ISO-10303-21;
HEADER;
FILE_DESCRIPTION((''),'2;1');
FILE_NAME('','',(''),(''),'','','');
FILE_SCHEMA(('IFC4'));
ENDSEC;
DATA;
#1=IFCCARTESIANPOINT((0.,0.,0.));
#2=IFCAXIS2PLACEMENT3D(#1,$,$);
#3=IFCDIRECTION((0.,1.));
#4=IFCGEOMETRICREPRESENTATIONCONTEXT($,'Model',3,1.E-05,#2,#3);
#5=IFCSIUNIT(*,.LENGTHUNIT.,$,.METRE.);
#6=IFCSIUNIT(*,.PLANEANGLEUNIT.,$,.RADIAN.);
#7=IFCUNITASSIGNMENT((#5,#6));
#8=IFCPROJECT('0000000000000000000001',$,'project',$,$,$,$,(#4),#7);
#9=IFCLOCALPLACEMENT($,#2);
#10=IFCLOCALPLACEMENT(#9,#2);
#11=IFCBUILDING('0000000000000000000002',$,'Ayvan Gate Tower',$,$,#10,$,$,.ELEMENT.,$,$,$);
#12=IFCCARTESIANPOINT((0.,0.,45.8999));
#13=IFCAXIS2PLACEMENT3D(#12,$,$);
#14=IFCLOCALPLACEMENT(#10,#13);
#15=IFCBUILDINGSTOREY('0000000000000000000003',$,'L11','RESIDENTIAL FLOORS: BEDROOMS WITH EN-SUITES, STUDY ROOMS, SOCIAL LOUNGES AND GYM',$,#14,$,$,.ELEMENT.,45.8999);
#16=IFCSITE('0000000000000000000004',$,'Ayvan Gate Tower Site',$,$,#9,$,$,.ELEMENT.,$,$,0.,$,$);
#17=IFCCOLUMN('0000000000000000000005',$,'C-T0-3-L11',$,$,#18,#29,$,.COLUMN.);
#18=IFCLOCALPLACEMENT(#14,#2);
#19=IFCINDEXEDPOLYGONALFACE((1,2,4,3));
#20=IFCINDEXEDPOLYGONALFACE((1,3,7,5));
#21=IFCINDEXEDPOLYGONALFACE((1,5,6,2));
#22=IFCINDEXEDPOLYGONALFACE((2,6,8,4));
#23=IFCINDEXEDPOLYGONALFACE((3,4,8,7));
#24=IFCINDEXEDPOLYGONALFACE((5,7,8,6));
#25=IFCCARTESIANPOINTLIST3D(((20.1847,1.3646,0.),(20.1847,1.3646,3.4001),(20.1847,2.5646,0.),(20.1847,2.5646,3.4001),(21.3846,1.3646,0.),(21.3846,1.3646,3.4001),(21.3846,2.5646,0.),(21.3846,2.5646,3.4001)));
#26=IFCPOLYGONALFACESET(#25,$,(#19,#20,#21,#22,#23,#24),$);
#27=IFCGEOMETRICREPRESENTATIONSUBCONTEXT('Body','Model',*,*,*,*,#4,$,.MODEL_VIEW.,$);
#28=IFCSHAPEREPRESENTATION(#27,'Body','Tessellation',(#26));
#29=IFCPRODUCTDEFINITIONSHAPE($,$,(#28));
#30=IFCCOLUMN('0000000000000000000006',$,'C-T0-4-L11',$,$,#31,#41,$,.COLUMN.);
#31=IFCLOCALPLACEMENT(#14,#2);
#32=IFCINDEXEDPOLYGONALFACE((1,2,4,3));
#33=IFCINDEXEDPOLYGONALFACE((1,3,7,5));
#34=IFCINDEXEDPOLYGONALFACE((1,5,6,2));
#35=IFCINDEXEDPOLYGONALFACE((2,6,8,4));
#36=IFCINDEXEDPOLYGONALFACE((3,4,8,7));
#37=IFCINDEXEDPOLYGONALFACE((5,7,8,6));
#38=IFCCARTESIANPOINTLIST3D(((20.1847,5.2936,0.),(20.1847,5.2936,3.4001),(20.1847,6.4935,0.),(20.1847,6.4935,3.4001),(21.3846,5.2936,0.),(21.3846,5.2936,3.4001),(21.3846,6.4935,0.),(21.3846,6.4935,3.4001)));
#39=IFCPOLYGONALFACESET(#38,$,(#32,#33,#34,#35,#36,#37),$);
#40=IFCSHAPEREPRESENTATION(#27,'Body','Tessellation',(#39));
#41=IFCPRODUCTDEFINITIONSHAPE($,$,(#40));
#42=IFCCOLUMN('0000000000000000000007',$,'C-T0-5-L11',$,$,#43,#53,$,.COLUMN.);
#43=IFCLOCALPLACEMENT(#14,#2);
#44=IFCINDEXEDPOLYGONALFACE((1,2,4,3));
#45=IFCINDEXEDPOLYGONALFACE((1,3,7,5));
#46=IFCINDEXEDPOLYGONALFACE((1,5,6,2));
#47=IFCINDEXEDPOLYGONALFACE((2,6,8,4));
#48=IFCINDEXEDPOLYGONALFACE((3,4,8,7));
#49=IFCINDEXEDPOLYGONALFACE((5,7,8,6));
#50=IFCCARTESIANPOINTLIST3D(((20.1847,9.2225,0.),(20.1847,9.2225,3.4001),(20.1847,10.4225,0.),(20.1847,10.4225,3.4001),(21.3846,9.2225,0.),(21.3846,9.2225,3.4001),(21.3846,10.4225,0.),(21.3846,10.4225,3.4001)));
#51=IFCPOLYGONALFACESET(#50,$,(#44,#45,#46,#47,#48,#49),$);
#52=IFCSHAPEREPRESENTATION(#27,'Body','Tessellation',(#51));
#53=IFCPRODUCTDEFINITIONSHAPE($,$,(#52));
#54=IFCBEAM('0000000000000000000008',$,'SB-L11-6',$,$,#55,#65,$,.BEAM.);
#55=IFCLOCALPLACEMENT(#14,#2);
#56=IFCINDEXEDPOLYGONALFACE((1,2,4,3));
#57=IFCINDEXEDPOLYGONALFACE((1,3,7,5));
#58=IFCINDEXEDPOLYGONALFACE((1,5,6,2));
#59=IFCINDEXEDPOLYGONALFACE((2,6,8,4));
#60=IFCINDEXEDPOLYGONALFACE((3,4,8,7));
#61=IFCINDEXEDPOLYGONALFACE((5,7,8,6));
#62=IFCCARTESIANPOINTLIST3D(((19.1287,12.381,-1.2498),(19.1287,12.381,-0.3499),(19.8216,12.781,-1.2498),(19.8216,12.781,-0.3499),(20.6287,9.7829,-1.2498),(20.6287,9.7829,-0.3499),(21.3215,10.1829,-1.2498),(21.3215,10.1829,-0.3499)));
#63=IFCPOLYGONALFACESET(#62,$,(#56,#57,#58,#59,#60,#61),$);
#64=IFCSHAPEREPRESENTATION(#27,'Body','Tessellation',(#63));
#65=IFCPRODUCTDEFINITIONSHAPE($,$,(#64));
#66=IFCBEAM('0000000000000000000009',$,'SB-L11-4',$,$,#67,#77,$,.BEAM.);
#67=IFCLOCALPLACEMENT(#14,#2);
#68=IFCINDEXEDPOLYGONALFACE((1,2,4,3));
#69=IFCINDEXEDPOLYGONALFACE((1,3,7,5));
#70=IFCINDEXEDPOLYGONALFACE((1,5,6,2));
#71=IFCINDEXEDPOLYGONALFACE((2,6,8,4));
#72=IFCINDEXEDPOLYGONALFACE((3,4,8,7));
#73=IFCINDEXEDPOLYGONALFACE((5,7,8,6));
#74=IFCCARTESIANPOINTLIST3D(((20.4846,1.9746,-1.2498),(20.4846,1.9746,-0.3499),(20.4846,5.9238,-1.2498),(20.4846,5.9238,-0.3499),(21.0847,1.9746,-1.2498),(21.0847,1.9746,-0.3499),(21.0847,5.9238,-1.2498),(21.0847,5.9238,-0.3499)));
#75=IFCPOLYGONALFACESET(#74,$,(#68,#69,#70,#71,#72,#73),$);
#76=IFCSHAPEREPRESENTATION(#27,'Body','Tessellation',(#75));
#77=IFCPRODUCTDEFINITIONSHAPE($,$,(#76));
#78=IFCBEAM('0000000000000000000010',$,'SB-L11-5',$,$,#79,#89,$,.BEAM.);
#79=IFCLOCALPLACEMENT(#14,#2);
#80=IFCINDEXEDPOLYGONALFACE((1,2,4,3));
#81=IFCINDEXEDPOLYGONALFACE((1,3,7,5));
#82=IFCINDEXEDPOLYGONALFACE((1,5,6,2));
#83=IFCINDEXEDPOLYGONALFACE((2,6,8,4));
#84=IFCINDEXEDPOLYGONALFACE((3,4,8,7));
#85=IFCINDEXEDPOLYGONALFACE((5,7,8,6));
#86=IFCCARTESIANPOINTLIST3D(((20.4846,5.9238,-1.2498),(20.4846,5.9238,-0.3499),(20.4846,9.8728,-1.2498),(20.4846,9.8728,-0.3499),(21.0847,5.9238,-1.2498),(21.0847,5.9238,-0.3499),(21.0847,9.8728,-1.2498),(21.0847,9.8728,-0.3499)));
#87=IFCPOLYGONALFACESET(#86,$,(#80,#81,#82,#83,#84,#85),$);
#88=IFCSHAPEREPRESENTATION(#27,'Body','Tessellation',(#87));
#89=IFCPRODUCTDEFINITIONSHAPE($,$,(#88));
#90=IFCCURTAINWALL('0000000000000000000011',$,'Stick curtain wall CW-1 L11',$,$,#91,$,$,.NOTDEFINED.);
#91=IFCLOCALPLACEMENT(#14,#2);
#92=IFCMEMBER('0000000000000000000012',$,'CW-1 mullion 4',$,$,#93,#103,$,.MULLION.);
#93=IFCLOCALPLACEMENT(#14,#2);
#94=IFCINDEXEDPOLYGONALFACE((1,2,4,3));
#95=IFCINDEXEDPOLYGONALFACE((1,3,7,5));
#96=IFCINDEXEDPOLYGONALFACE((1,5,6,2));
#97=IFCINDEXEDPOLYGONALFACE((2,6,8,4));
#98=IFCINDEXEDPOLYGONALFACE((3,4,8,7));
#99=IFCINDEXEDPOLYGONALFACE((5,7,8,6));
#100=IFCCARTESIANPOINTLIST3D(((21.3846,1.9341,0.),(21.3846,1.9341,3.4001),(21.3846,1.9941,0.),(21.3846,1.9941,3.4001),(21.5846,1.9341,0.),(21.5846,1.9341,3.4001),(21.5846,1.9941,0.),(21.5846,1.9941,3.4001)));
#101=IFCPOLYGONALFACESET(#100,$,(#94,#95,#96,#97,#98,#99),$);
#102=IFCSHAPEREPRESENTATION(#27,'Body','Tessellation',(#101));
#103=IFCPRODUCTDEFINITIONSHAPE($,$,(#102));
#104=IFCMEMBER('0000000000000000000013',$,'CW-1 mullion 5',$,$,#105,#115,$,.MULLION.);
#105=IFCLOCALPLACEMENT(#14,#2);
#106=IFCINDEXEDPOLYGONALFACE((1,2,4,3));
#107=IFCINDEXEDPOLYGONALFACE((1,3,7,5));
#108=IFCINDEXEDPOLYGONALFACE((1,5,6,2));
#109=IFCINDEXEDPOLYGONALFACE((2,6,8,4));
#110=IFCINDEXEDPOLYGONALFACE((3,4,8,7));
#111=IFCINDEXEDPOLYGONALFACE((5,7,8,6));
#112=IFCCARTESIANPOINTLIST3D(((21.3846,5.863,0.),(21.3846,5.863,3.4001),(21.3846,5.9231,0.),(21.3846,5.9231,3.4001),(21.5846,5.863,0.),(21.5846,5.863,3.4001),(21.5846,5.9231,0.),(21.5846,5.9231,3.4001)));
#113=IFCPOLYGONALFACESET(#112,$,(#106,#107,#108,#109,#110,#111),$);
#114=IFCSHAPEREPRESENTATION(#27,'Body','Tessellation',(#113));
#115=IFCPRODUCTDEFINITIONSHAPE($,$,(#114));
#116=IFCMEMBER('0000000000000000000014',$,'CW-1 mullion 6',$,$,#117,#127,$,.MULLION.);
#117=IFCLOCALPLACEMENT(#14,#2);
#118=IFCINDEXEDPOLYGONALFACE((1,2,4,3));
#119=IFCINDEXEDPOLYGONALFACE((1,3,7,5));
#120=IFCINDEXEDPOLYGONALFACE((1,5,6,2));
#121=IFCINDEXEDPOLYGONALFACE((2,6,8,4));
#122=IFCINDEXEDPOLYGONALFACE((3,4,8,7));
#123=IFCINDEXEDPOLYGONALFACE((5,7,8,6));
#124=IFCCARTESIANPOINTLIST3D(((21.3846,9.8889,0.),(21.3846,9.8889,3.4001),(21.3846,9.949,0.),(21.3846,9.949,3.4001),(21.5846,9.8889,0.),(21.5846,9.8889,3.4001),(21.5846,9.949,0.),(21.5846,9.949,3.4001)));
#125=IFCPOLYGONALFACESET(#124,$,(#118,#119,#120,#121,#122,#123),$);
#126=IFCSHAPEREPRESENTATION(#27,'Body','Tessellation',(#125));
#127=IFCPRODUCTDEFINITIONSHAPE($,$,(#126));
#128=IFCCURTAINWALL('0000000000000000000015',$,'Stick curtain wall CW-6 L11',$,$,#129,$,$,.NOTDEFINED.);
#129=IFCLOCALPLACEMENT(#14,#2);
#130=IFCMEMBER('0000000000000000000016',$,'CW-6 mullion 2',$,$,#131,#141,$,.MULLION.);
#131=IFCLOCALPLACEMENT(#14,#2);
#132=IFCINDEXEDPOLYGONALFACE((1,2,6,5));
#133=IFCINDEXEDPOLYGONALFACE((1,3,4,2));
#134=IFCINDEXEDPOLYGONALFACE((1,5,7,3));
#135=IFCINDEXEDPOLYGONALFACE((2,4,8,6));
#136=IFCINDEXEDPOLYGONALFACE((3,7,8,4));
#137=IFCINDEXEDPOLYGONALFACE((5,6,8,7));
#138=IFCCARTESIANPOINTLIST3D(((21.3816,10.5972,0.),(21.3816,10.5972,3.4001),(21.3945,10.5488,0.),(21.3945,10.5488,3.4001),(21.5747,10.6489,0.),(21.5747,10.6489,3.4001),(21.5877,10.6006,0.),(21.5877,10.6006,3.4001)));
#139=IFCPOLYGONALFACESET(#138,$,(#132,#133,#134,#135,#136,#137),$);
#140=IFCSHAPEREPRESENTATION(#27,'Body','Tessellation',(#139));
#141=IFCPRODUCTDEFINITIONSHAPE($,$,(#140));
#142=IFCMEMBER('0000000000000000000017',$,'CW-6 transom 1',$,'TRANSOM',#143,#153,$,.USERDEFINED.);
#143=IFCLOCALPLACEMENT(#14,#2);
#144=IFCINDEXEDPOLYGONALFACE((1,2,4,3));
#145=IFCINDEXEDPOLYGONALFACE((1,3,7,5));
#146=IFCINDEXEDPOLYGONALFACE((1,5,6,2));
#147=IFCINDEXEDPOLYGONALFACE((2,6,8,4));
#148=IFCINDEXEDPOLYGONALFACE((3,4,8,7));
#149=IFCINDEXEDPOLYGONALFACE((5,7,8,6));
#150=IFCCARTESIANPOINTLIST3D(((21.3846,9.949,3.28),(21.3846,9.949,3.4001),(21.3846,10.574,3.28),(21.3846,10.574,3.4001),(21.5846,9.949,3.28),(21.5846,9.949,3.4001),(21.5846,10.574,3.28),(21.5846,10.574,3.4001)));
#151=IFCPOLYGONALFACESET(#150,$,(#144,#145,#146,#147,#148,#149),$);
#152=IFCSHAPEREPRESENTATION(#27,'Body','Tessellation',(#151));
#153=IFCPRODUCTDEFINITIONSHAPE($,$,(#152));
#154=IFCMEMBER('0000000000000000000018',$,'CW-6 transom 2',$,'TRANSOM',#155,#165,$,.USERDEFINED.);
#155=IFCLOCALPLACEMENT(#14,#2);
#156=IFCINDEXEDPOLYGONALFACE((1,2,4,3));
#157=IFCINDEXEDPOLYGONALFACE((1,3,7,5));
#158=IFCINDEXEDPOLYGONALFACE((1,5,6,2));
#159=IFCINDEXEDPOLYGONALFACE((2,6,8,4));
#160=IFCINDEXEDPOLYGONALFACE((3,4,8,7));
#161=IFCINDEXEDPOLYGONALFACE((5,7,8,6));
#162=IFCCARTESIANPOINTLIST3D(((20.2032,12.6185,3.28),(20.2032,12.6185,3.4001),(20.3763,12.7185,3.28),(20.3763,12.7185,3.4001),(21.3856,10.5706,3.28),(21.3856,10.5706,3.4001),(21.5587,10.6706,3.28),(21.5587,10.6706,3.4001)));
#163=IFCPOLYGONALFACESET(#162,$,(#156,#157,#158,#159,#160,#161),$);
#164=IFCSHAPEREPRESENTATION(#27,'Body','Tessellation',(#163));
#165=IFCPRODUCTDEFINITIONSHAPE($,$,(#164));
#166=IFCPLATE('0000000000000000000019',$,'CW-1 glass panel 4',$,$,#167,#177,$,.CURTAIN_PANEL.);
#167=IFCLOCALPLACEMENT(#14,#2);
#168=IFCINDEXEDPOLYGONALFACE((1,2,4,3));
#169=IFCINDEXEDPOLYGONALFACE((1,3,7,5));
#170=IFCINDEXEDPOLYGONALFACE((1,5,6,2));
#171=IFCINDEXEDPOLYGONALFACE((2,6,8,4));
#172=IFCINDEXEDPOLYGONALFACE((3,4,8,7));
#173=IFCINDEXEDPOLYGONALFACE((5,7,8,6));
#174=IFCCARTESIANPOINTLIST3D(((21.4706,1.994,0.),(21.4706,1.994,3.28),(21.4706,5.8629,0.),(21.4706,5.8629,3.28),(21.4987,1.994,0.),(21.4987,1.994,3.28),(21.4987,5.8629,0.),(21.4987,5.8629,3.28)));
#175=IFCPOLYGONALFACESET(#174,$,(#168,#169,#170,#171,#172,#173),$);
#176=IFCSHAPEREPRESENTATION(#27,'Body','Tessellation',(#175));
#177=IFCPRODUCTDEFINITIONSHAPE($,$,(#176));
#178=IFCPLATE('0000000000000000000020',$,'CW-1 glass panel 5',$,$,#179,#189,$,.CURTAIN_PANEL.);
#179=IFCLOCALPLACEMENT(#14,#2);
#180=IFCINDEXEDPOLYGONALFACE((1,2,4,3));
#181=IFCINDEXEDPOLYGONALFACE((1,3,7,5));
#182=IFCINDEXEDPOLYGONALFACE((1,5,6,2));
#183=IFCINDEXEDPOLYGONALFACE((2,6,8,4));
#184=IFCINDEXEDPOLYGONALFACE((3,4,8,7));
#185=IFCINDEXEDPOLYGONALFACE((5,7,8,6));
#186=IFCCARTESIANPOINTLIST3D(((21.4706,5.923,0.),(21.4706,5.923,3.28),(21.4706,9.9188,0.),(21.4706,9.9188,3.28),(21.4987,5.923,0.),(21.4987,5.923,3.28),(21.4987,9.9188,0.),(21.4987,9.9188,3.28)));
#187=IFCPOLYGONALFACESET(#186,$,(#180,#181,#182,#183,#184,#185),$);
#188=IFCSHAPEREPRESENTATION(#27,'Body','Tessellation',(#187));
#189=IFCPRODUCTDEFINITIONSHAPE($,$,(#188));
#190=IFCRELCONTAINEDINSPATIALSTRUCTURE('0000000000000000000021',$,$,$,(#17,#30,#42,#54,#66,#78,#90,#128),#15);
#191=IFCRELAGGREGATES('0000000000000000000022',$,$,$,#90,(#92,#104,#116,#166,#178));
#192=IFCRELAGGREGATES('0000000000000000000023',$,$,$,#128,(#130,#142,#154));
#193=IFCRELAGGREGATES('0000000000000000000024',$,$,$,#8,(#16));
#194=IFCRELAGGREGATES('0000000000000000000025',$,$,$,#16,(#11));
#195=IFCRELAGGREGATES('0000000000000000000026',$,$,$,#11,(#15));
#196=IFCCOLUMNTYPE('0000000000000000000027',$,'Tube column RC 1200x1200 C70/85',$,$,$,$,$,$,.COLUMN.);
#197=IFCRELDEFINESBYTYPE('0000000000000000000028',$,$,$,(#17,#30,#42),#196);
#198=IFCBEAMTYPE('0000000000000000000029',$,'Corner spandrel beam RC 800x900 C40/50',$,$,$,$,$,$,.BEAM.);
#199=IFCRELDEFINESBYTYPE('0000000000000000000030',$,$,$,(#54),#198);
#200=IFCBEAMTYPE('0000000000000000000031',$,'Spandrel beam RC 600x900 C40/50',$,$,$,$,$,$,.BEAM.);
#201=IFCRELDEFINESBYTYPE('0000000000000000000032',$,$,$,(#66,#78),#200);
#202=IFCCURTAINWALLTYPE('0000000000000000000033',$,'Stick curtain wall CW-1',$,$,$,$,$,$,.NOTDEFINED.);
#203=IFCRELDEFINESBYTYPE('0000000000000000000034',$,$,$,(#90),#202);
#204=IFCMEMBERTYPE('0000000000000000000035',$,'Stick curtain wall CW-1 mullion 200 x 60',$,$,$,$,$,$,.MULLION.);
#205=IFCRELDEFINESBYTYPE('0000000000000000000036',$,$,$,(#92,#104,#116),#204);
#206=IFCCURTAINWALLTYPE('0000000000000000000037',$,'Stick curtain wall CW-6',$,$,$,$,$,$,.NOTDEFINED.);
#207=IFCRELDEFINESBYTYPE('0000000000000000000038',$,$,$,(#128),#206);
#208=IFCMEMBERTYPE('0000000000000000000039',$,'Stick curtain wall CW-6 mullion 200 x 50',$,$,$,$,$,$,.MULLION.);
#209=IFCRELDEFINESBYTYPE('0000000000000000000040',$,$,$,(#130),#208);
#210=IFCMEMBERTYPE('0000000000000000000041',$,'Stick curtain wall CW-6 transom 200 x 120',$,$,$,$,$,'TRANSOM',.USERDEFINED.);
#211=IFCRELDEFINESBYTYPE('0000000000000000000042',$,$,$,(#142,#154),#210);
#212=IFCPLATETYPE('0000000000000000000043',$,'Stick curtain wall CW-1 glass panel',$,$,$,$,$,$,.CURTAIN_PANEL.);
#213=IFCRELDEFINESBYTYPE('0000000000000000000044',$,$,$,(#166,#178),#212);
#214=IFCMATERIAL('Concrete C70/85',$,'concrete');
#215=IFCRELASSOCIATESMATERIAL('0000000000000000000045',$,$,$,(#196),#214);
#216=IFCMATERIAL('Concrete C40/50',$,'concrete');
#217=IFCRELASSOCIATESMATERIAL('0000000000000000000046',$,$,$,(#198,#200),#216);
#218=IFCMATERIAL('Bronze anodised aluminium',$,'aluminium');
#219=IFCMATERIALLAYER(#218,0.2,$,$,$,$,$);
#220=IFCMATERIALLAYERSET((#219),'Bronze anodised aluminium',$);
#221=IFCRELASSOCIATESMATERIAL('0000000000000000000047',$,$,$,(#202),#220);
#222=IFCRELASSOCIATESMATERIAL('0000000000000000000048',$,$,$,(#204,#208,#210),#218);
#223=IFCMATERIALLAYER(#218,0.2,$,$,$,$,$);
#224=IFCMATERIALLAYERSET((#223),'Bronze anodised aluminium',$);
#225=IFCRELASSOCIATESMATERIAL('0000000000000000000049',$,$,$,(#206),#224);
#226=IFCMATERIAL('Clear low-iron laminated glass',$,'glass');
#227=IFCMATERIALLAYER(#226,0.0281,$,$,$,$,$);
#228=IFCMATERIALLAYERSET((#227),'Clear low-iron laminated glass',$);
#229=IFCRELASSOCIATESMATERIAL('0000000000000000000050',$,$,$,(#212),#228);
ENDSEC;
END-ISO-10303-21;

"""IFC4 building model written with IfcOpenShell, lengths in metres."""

from ifc_helpers import new_model, si_unit, direction, frame, origin, origin_2d, place, context, subcontext, project, spatial, rectangle, extrude, material, layer, layer_set, material_profile, profile_set, type_object, element, aggregate, save


model = new_model("IFC4")

# Units and contexts
model_context = context("Model", 3, precision=1e-05, world=origin(), true_north=direction((0.0, 1.0)))
body_context = subcontext(model_context, "Body", "Model", "MODEL_VIEW")
ifc_project = project(units=[si_unit("LENGTHUNIT", "METRE"), si_unit("PLANEANGLEUNIT", "RADIAN")], contexts=[model_context])

# Site, building, storey
site_placement = place(None, origin())
site = spatial("IfcSite", under=ifc_project, at=site_placement, Name="Ayvan Gate Tower Site", CompositionType="ELEMENT", RefElevation=0.0)
building_placement = place(site_placement, origin())
building = spatial("IfcBuilding", under=site, at=building_placement, Name="Ayvan Gate Tower", CompositionType="ELEMENT")
storey_placement = place(building_placement, frame((0.0, 0.0, 45.8999)))
storey = spatial("IfcBuildingStorey", under=building, at=storey_placement, Name="L11", Description="RESIDENTIAL FLOORS: BEDROOMS WITH EN-SUITES, STUDY ROOMS, SOCIAL LOUNGES AND GYM", CompositionType="ELEMENT", Elevation=45.8999)

# Columns
ifc_material_1 = material(Name="Concrete C70/85", Category="concrete")
ifc_material_profile_1 = material_profile(ifc_material_1, rectangle(XDim=1.2, YDim=1.2, at=origin_2d()), Name="RC 1200x1200")
ifc_profile_set_1 = profile_set([ifc_material_profile_1], Name="Concrete C70/85")
column_type = type_object("IfcColumnType", Name="Tube column RC 1200x1200 C70/85", PredefinedType="COLUMN", material=ifc_profile_set_1)
for number, where, z_axis, x_axis, name in (
    (1, (20.7847, 1.9646, 0.0), (0.0, 0.0, 1.0), (1.0, 0.0, 0.0), "C-T0-3-L11"),
    (2, (20.7847, 5.8936, 0.0), (0.0, 0.0, 1.0), (1.0, 0.0, 0.0), "C-T0-4-L11"),
    (3, (20.7847, 9.8225, 0.0), (0.0, 0.0, 1.0), (1.0, 0.0, 0.0), "C-T0-5-L11"),
):
    element("IfcColumn", number, at=place(storey_placement, frame(where, z_axis=z_axis, x_axis=x_axis)), inside=storey, type_object=column_type, Name=name, PredefinedType="COLUMN", context=body_context, shape_type="SweptSolid", body=[
        extrude(rectangle(XDim=1.2, YDim=1.2, at=origin_2d()), origin(), (0.0, 0.0, 1.0), 3.4001),
    ])

# Beams
ifc_material_2 = material(Name="Concrete C40/50", Category="concrete")
ifc_material_profile_2 = material_profile(ifc_material_2, rectangle(XDim=0.8, YDim=0.8999, at=origin_2d()), Name="RC 800x900")
ifc_profile_set_2 = profile_set([ifc_material_profile_2], Name="Concrete C40/50")
beam_type_1 = type_object("IfcBeamType", Name="Corner spandrel beam RC 800x900 C40/50", PredefinedType="BEAM", material=ifc_profile_set_2)
beam_1_placement = place(storey_placement, frame((20.9751, 9.9829, -0.7998), z_axis=(-0.49999, 0.866031, 0.0), x_axis=(-0.866031, -0.49999, 0.0)))
element("IfcBeam", 4, at=beam_1_placement, inside=storey, type_object=beam_type_1, Name="SB-L11-6", PredefinedType="BEAM", context=body_context, shape_type="SweptSolid", body=[
    extrude(rectangle(XDim=0.8, YDim=0.8999, at=origin_2d()), origin(), (0.0, 0.0, 1.0), 3.0),
])
ifc_material_profile_3 = material_profile(ifc_material_2, rectangle(XDim=0.6001, YDim=0.8999, at=origin_2d()), Name="RC 600x900")
ifc_profile_set_3 = profile_set([ifc_material_profile_3], Name="Concrete C40/50")
beam_type_2 = type_object("IfcBeamType", Name="Spandrel beam RC 600x900 C40/50", PredefinedType="BEAM", material=ifc_profile_set_3)
beam_2_placement = place(storey_placement, frame((20.7847, 1.9746, -0.7998), z_axis=(0.0, 1.0, 0.0), x_axis=(-1.0, 0.0, 0.0)))
element("IfcBeam", 5, at=beam_2_placement, inside=storey, type_object=beam_type_2, Name="SB-L11-4", PredefinedType="BEAM", context=body_context, shape_type="SweptSolid", body=[
    extrude(rectangle(XDim=0.6001, YDim=0.8999, at=origin_2d()), origin(), (0.0, 0.0, 1.0), 3.9492),
])
beam_3_placement = place(storey_placement, frame((20.7847, 5.9238, -0.7998), z_axis=(0.0, 1.0, 0.0), x_axis=(-1.0, 0.0, 0.0)))
element("IfcBeam", 6, at=beam_3_placement, inside=storey, type_object=beam_type_2, Name="SB-L11-5", PredefinedType="BEAM", context=body_context, shape_type="SweptSolid", body=[
    extrude(rectangle(XDim=0.6001, YDim=0.8999, at=origin_2d()), origin(), (0.0, 0.0, 1.0), 3.949),
])

# Curtain walls, members
ifc_material_3 = material(Name="Bronze anodised aluminium", Category="aluminium")
ifc_layer_1 = layer(ifc_material_3, 0.2)
ifc_layer_set_1 = layer_set([ifc_layer_1], Name="Bronze anodised aluminium")
curtain_wall_type_1 = type_object("IfcCurtainWallType", Name="Stick curtain wall CW-1", PredefinedType="NOTDEFINED", material=ifc_layer_set_1)
curtain_wall_1_placement = place(storey_placement, origin())
curtain_wall_1 = element("IfcCurtainWall", 7, at=curtain_wall_1_placement, inside=storey, type_object=curtain_wall_type_1, Name="Stick curtain wall CW-1 L11", PredefinedType="NOTDEFINED")
ifc_material_profile_4 = material_profile(ifc_material_3, rectangle(XDim=0.2, YDim=0.0601, at=origin_2d()), Name="Stick curtain wall CW-1 mullion 200 x 60")
ifc_profile_set_4 = profile_set([ifc_material_profile_4], Name="Bronze anodised aluminium")
member_type_1 = type_object("IfcMemberType", Name="Stick curtain wall CW-1 mullion 200 x 60", PredefinedType="MULLION", material=ifc_profile_set_4)
member_1_placement = place(storey_placement, frame((21.4846, 1.9641, 0.0), z_axis=(0.0, 0.0, 1.0), x_axis=(1.0, 0.0, 0.0)))
member_1 = element("IfcMember", 8, at=member_1_placement, type_object=member_type_1, Name="CW-1 mullion 4", PredefinedType="MULLION", context=body_context, shape_type="SweptSolid", body=[
    extrude(rectangle(XDim=0.2, YDim=0.0601, at=origin_2d()), origin(), (0.0, 0.0, 1.0), 3.4001),
])
member_2_placement = place(storey_placement, frame((21.4846, 5.8931, 0.0), z_axis=(0.0, 0.0, 1.0), x_axis=(1.0, 0.0, 0.0)))
member_2 = element("IfcMember", 9, at=member_2_placement, type_object=member_type_1, Name="CW-1 mullion 5", PredefinedType="MULLION", context=body_context, shape_type="SweptSolid", body=[
    extrude(rectangle(XDim=0.2, YDim=0.0601, at=origin_2d()), origin(), (0.0, 0.0, 1.0), 3.4001),
])
member_3_placement = place(storey_placement, frame((21.4846, 9.9189, 0.0), z_axis=(0.0, 0.0, 1.0), x_axis=(1.0, 0.0, 0.0)))
member_3 = element("IfcMember", 10, at=member_3_placement, type_object=member_type_1, Name="CW-1 mullion 6", PredefinedType="MULLION", context=body_context, shape_type="SweptSolid", body=[
    extrude(rectangle(XDim=0.2, YDim=0.0601, at=origin_2d()), origin(), (0.0, 0.0, 1.0), 3.4001),
])
ifc_layer_2 = layer(ifc_material_3, 0.2)
ifc_layer_set_2 = layer_set([ifc_layer_2], Name="Bronze anodised aluminium")
curtain_wall_type_2 = type_object("IfcCurtainWallType", Name="Stick curtain wall CW-6", PredefinedType="NOTDEFINED", material=ifc_layer_set_2)
curtain_wall_2_placement = place(storey_placement, origin())
curtain_wall_2 = element("IfcCurtainWall", 11, at=curtain_wall_2_placement, inside=storey, type_object=curtain_wall_type_2, Name="Stick curtain wall CW-6 L11", PredefinedType="NOTDEFINED")
ifc_material_profile_5 = material_profile(ifc_material_3, rectangle(XDim=0.2, YDim=0.05, at=origin_2d()), Name="Stick curtain wall CW-6 mullion 200 x 50")
ifc_profile_set_5 = profile_set([ifc_material_profile_5], Name="Bronze anodised aluminium")
member_type_2 = type_object("IfcMemberType", Name="Stick curtain wall CW-6 mullion 200 x 50", PredefinedType="MULLION", material=ifc_profile_set_5)
member_4_placement = place(storey_placement, frame((21.4846, 10.5989, 0.0), z_axis=(0.0, 0.0, 1.0), x_axis=(0.965926, 0.258819, 0.0)))
member_4 = element("IfcMember", 12, at=member_4_placement, type_object=member_type_2, Name="CW-6 mullion 2", PredefinedType="MULLION", context=body_context, shape_type="SweptSolid", body=[
    extrude(rectangle(XDim=0.2, YDim=0.05, at=origin_2d()), origin(), (0.0, 0.0, 1.0), 3.4001),
])
ifc_material_profile_6 = material_profile(ifc_material_3, rectangle(XDim=0.2, YDim=0.1201, at=origin_2d()), Name="Stick curtain wall CW-6 transom 200 x 120")
ifc_profile_set_6 = profile_set([ifc_material_profile_6], Name="Bronze anodised aluminium")
member_type_3 = type_object("IfcMemberType", Name="Stick curtain wall CW-6 transom 200 x 120", ElementType="TRANSOM", PredefinedType="USERDEFINED", material=ifc_profile_set_6)
member_5_placement = place(storey_placement, frame((21.4846, 9.949, 3.3401), z_axis=(0.0, 1.0, 0.0), x_axis=(-1.0, 0.0, 0.0)))
member_5 = element("IfcMember", 13, at=member_5_placement, type_object=member_type_3, Name="CW-6 transom 1", ObjectType="TRANSOM", PredefinedType="USERDEFINED", context=body_context, shape_type="SweptSolid", body=[
    extrude(rectangle(XDim=0.2, YDim=0.1201, at=origin_2d()), origin(), (0.0, 0.0, 1.0), 0.625),
])
member_6_placement = place(storey_placement, frame((21.4722, 10.6206, 3.3401), z_axis=(-0.500014, 0.866017, 0.0), x_axis=(-0.866017, -0.500014, 0.0)))
member_6 = element("IfcMember", 14, at=member_6_placement, type_object=member_type_3, Name="CW-6 transom 2", ObjectType="TRANSOM", PredefinedType="USERDEFINED", context=body_context, shape_type="SweptSolid", body=[
    extrude(rectangle(XDim=0.2, YDim=0.1201, at=origin_2d()), origin(), (0.0, 0.0, 1.0), 2.3647),
])

# Plates
ifc_material_4 = material(Name="Clear low-iron laminated glass", Category="glass")
ifc_layer_3 = layer(ifc_material_4, 0.0281)
ifc_layer_set_3 = layer_set([ifc_layer_3], Name="Clear low-iron laminated glass")
plate_type_1 = type_object("IfcPlateType", Name="Stick curtain wall CW-1 glass panel", PredefinedType="CURTAIN_PANEL", material=ifc_layer_set_3)
plate_1_placement = place(storey_placement, frame((21.4846, 3.9285, 0.0), z_axis=(0.0, 0.0, 1.0), x_axis=(0.0, 1.0, 0.0)))
plate_1 = element("IfcPlate", 15, at=plate_1_placement, type_object=plate_type_1, Name="CW-1 glass panel 4", PredefinedType="CURTAIN_PANEL", context=body_context, shape_type="SweptSolid", body=[
    extrude(rectangle(XDim=3.8689, YDim=0.0281, at=origin_2d()), origin(), (0.0, 0.0, 1.0), 3.28),
])
plate_2_placement = place(storey_placement, frame((21.4846, 7.9209, 0.0), z_axis=(0.0, 0.0, 1.0), x_axis=(0.0, 1.0, 0.0)))
plate_2 = element("IfcPlate", 16, at=plate_2_placement, type_object=plate_type_1, Name="CW-1 glass panel 5", PredefinedType="CURTAIN_PANEL", context=body_context, shape_type="SweptSolid", body=[
    extrude(rectangle(XDim=3.9958, YDim=0.0281, at=origin_2d()), origin(), (0.0, 0.0, 1.0), 3.28),
])
aggregate(curtain_wall_1, [member_1, member_2, member_3, plate_1, plate_2])
aggregate(curtain_wall_2, [member_4, member_5, member_6])

save(model, "model.ifc")
